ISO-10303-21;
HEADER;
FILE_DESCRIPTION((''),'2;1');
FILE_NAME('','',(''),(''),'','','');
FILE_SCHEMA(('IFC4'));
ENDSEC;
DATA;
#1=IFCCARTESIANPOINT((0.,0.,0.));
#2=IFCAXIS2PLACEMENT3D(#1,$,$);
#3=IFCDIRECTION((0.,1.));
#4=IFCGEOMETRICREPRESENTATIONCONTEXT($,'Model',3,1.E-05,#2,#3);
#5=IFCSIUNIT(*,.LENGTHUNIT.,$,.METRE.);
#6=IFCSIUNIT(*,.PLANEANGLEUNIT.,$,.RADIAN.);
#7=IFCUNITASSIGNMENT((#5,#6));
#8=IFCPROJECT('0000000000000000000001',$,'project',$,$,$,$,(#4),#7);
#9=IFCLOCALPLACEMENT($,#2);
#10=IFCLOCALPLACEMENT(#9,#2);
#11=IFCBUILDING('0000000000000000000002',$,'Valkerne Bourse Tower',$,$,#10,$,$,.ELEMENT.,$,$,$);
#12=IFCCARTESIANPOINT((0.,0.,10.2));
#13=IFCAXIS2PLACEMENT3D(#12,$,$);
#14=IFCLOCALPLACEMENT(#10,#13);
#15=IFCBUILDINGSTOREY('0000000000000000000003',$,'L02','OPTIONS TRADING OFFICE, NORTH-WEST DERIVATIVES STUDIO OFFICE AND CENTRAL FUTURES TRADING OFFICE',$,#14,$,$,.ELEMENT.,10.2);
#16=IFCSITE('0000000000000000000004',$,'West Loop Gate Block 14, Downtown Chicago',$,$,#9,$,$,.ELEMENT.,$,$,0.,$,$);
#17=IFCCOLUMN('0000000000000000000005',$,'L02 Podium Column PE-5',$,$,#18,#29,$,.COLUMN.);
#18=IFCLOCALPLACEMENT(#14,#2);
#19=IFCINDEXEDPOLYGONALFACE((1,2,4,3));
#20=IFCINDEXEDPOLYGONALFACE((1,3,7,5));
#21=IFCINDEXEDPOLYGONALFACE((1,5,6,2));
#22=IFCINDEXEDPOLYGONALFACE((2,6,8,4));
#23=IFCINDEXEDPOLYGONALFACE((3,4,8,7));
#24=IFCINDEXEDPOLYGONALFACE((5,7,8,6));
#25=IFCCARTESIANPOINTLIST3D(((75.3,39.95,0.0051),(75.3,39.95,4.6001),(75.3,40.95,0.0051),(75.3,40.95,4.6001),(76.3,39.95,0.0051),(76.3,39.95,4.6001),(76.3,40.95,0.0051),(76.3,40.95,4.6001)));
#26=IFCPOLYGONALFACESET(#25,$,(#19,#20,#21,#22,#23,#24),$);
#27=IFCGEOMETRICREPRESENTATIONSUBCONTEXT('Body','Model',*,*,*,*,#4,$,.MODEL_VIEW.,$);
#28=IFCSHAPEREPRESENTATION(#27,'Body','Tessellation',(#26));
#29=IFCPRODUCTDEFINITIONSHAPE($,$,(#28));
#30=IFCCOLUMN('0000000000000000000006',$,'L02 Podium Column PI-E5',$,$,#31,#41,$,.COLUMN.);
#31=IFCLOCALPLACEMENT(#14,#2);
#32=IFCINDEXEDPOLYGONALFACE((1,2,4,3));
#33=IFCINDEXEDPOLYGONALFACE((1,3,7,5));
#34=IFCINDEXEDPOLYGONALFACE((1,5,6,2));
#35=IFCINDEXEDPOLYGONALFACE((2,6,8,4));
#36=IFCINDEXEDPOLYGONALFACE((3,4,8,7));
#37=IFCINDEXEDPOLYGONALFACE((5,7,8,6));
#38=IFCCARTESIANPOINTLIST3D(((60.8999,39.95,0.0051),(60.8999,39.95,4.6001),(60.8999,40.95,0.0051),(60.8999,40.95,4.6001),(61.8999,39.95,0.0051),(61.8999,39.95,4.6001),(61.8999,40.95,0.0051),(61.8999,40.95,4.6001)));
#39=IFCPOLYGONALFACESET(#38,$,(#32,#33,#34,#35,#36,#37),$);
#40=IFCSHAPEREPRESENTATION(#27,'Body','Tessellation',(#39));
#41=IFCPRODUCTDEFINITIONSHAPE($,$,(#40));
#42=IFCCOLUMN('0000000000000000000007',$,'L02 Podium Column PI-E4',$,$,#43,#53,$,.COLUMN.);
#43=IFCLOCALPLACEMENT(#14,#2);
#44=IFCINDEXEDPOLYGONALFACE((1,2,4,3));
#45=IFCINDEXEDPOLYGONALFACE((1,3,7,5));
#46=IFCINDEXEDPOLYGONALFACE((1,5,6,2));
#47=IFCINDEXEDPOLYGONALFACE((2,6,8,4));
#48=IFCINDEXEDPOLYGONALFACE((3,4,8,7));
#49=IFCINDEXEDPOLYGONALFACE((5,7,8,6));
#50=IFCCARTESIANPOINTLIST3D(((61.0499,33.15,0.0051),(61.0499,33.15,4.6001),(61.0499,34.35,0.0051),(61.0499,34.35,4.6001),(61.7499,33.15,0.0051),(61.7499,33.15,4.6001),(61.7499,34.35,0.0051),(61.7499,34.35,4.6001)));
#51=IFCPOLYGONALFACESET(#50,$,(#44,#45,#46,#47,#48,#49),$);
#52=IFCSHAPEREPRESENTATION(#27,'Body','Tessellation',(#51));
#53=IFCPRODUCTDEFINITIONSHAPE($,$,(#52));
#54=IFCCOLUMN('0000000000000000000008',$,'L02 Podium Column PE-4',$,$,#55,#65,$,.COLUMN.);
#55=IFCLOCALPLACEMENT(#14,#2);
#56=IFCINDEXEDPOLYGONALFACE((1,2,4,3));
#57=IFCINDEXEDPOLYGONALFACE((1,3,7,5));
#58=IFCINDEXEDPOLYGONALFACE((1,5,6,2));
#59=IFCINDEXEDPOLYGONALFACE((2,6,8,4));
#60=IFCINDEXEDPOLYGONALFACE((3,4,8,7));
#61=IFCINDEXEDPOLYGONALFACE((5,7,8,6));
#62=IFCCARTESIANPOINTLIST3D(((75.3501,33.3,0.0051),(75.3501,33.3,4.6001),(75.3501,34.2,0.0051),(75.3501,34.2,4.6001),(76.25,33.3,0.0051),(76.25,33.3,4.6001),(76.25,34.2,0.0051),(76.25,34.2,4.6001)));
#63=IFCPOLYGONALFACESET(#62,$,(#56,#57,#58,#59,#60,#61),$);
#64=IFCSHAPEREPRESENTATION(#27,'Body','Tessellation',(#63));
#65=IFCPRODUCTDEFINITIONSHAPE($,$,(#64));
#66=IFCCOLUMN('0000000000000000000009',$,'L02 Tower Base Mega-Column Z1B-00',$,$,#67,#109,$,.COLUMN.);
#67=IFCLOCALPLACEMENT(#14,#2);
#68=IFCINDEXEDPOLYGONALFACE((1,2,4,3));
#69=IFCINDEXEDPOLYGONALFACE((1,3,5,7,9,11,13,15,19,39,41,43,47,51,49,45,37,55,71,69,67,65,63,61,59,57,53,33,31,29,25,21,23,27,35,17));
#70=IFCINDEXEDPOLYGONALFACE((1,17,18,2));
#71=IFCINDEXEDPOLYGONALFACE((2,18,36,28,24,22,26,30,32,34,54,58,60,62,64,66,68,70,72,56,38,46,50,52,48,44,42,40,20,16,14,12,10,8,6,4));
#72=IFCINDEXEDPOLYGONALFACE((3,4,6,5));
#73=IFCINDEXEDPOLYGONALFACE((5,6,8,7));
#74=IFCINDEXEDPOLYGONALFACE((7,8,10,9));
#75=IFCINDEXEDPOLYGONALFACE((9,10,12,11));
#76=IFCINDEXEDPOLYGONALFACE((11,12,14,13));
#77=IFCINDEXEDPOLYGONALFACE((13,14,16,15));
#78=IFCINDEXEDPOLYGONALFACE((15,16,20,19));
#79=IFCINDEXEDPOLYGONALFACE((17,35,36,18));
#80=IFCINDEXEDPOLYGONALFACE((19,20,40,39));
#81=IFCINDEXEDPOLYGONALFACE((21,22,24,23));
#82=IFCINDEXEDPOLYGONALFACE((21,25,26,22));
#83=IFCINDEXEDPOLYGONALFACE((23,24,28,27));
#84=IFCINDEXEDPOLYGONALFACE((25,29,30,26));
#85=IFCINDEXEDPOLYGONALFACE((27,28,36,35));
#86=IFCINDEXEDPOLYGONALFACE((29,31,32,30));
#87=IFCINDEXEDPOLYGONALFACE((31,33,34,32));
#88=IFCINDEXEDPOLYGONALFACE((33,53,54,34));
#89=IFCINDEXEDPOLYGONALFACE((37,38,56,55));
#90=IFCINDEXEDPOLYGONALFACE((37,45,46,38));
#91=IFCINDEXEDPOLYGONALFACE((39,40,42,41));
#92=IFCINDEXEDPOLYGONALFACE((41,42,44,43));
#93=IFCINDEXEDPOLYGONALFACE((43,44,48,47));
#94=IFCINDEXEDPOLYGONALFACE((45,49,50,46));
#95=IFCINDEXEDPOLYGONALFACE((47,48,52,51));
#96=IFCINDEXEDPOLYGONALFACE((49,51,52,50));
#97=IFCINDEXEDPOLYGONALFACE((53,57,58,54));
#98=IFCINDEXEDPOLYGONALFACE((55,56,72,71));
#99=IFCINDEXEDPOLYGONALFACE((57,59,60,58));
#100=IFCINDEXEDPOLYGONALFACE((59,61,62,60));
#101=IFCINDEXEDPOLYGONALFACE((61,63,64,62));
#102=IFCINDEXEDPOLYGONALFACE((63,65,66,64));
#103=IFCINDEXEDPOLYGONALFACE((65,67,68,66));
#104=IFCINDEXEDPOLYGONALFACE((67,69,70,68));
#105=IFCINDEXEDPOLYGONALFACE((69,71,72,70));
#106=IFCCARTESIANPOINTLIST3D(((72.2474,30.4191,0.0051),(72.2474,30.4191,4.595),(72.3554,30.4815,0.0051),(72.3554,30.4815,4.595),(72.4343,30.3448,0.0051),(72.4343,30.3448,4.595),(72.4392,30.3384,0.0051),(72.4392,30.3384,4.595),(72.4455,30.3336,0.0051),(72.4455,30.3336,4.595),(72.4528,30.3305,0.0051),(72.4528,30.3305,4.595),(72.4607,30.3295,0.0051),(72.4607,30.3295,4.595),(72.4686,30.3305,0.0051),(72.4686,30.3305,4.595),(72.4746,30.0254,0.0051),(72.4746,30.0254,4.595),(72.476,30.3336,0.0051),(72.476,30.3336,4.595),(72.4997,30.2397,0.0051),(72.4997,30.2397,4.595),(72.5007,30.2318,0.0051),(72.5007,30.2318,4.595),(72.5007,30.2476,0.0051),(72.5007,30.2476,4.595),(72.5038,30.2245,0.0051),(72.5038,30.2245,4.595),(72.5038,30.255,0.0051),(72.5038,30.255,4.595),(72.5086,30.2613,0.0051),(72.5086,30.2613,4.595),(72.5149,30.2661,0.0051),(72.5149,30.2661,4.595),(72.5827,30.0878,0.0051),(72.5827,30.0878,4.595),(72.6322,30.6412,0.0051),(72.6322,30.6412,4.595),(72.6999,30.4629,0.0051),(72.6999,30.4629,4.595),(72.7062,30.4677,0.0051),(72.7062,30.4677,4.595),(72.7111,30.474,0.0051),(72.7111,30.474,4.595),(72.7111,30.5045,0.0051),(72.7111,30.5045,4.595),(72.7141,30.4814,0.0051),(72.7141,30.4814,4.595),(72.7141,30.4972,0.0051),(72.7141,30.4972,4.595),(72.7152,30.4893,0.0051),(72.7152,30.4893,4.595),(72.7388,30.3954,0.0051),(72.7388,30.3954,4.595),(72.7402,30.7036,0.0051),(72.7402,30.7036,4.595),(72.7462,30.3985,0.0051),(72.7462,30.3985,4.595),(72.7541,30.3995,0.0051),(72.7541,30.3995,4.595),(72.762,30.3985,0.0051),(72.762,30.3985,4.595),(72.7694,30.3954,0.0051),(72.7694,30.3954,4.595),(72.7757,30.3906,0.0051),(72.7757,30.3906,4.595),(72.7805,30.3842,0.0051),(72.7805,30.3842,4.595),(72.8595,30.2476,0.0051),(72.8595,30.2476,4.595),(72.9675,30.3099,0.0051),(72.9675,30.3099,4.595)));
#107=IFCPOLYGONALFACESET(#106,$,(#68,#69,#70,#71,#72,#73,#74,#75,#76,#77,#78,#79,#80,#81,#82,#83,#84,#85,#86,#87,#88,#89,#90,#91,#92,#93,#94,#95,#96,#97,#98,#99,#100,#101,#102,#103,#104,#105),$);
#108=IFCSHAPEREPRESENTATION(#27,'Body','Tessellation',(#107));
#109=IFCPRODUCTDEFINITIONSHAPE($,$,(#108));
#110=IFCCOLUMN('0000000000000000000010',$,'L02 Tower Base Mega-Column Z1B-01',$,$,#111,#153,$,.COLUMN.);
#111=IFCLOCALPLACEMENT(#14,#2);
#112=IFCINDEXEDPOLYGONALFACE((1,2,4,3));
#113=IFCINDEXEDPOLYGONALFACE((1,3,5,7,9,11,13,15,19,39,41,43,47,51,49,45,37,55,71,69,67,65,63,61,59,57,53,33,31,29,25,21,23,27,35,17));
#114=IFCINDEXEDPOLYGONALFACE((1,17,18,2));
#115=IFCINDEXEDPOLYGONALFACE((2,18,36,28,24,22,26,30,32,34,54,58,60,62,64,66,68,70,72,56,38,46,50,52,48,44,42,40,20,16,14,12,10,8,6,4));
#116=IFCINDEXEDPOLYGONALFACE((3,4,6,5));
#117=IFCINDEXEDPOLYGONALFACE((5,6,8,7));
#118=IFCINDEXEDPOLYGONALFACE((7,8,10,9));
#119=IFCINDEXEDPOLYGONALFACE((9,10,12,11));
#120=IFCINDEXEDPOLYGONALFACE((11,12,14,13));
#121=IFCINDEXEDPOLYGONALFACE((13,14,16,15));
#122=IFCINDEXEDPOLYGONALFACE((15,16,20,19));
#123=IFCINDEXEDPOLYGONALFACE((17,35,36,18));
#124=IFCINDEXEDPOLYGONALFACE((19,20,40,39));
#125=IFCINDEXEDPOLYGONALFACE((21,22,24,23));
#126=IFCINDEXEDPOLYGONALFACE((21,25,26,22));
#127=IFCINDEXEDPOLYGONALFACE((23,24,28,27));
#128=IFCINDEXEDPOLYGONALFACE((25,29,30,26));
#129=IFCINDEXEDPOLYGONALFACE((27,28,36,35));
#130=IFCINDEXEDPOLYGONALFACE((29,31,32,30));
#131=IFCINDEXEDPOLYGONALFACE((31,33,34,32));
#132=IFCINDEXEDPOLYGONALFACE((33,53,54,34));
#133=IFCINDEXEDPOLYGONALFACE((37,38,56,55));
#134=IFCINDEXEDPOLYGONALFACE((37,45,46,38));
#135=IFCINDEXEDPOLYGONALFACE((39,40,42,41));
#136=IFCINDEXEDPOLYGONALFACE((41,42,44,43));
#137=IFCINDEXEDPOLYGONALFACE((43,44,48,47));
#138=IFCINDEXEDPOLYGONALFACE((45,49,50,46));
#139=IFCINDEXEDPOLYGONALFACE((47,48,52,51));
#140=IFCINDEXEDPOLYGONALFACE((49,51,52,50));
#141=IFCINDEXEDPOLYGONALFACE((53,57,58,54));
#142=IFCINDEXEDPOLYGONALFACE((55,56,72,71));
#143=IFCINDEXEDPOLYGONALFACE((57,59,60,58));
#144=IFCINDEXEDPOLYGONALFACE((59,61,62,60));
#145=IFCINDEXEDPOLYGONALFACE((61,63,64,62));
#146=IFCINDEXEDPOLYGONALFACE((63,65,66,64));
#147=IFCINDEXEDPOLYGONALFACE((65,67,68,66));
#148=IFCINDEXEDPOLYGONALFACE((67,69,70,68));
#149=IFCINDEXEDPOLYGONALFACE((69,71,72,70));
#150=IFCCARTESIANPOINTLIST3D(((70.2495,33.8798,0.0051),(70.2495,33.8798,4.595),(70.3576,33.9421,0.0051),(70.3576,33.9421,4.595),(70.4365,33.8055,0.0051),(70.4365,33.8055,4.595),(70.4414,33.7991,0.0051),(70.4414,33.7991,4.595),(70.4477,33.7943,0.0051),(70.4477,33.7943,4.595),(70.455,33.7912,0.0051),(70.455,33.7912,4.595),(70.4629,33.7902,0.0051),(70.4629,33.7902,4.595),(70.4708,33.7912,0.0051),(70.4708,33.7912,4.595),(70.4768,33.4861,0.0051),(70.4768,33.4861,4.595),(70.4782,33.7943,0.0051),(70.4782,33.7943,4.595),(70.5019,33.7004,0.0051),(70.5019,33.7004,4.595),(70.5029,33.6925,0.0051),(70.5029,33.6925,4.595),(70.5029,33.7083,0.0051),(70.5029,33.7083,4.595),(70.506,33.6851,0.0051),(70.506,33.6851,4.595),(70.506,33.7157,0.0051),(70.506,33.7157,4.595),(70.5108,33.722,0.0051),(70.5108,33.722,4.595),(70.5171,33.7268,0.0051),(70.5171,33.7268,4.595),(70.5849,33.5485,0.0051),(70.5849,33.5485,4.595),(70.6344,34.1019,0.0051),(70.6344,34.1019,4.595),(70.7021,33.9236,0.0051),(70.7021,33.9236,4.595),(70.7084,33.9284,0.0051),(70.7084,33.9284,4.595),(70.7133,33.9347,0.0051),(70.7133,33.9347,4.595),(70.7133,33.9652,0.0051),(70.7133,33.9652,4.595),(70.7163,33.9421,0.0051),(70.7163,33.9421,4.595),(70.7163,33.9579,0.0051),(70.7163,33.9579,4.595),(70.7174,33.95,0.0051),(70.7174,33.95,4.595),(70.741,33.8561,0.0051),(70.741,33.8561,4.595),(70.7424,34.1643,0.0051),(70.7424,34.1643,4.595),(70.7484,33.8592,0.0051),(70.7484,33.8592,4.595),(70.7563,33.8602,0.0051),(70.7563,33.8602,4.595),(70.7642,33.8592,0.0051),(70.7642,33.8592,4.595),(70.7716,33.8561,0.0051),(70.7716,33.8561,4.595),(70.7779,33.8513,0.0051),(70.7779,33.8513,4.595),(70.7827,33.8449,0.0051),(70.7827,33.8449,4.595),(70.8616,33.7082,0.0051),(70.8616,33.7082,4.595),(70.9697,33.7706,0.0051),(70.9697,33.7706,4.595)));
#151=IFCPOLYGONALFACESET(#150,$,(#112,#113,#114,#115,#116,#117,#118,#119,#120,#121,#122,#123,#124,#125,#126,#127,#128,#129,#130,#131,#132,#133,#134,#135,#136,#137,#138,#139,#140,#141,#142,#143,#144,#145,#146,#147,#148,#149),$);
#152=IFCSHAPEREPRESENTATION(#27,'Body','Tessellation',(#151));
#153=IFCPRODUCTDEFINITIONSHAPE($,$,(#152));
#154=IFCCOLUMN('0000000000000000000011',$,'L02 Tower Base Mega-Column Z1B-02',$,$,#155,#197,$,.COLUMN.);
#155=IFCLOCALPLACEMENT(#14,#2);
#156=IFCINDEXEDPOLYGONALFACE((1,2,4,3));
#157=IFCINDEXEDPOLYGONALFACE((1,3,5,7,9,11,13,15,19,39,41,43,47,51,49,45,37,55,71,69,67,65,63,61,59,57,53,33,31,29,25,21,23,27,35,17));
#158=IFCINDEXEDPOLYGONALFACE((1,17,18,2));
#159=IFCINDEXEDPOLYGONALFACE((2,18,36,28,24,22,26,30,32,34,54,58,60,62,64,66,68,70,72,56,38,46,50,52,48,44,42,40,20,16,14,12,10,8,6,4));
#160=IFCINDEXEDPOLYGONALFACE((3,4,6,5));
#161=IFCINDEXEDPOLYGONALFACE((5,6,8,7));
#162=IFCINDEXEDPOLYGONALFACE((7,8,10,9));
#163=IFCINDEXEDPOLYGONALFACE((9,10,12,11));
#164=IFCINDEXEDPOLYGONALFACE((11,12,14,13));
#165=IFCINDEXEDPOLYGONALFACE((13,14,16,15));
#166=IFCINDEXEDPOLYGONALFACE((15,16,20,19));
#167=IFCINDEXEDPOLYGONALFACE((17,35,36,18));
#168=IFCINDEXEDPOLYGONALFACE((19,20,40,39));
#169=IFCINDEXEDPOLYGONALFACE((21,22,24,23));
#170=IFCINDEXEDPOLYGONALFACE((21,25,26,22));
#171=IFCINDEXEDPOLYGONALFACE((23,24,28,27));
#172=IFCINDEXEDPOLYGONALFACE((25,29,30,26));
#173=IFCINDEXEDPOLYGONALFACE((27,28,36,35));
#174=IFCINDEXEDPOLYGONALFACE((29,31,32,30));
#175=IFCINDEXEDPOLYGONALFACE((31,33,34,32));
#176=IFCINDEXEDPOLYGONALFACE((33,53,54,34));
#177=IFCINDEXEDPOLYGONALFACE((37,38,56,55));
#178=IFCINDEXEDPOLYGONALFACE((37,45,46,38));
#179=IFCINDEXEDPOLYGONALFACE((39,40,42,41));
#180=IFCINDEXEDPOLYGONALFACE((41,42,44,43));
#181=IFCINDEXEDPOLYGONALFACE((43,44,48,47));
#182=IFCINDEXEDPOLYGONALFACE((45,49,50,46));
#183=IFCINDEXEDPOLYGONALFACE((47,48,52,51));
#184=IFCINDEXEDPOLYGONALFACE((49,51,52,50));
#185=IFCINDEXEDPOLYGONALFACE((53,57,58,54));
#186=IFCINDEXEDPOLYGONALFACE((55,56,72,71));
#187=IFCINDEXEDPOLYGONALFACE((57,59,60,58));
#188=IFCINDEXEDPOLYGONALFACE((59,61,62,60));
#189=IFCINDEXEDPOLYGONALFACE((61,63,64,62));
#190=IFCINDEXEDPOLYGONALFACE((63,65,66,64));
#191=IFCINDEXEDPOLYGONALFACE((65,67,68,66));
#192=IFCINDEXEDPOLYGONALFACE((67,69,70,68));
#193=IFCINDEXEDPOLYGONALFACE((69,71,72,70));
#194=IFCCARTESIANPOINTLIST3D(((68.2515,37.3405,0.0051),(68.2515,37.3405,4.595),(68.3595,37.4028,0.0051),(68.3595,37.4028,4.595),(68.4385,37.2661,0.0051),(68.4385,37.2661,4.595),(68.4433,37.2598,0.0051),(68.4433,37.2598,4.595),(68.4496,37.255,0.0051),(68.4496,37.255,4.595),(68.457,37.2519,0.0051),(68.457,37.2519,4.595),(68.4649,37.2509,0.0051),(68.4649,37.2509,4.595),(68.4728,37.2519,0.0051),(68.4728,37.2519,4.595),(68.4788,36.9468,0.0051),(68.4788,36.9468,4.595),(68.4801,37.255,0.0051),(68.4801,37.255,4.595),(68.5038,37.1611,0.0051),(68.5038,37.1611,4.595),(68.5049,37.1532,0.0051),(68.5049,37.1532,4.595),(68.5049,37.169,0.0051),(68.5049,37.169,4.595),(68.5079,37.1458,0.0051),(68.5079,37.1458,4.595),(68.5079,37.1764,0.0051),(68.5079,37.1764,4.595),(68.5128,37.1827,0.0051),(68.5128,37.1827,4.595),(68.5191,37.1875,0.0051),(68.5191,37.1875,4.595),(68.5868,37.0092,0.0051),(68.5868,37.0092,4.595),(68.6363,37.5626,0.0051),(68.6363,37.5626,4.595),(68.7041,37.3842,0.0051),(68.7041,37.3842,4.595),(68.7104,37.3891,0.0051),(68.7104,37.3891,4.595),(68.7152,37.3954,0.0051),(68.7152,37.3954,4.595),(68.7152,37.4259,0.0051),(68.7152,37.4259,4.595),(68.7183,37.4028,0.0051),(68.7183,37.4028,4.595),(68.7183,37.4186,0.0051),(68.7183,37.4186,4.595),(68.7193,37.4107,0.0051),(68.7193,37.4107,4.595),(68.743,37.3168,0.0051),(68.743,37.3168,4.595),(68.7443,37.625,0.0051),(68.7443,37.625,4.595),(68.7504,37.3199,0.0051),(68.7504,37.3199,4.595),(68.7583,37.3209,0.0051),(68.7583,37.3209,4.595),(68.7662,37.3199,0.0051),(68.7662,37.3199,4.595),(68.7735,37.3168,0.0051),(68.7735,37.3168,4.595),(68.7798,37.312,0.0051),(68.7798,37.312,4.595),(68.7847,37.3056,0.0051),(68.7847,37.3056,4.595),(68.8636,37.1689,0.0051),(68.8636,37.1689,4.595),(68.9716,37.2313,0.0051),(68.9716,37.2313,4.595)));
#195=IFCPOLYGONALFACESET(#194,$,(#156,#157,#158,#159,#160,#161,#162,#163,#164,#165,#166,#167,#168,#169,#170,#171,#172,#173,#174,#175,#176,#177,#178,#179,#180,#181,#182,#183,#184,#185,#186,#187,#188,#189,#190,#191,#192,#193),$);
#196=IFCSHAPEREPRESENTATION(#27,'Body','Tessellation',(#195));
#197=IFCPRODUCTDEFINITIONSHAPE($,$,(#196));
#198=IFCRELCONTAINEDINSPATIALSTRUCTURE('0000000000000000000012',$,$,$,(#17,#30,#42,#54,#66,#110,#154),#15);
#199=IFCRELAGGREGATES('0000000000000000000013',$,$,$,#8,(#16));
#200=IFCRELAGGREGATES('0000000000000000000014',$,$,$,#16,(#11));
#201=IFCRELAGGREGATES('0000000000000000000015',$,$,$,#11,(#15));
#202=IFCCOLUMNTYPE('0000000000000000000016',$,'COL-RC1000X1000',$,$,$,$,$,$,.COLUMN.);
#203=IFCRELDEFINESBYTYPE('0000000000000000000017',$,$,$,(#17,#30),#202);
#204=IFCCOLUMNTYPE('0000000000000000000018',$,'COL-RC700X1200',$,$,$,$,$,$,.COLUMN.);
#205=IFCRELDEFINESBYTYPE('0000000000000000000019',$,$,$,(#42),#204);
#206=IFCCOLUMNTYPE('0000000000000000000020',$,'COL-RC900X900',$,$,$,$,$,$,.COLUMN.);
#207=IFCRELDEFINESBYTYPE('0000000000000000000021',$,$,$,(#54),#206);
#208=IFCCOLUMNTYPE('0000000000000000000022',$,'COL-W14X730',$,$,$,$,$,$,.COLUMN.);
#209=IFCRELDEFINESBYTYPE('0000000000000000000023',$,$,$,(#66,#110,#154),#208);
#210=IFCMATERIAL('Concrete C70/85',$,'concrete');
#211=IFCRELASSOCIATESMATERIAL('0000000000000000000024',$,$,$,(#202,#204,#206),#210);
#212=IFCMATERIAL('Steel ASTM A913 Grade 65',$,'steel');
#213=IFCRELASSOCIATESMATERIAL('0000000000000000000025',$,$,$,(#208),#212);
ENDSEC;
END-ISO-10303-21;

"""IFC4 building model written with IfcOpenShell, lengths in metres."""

from ifc_helpers import new_model, si_unit, direction, frame, origin, origin_2d, place, context, subcontext, project, spatial, rectangle, i_section, extrude, material, material_profile, profile_set, type_object, element, save


model = new_model("IFC4")

# Units and contexts
model_context = context("Model", 3, precision=1e-05, world=origin(), true_north=direction((0.0, 1.0)))
body_context = subcontext(model_context, "Body", "Model", "MODEL_VIEW")
ifc_project = project(units=[si_unit("LENGTHUNIT", "METRE"), si_unit("PLANEANGLEUNIT", "RADIAN")], contexts=[model_context])

# Site, building, storey
site_placement = place(None, origin())
site = spatial("IfcSite", under=ifc_project, at=site_placement, Name="West Loop Gate Block 14, Downtown Chicago", CompositionType="ELEMENT", RefElevation=0.0)
building_placement = place(site_placement, origin())
building = spatial("IfcBuilding", under=site, at=building_placement, Name="Valkerne Bourse Tower", CompositionType="ELEMENT")
storey_placement = place(building_placement, frame((0.0, 0.0, 10.2)))
storey = spatial("IfcBuildingStorey", under=building, at=storey_placement, Name="L02", Description="OPTIONS TRADING OFFICE, NORTH-WEST DERIVATIVES STUDIO OFFICE AND CENTRAL FUTURES TRADING OFFICE", CompositionType="ELEMENT", Elevation=10.2)

# Columns
ifc_material_1 = material(Name="Concrete C70/85", Category="concrete")
ifc_material_profile_1 = material_profile(ifc_material_1, rectangle(XDim=1.0, YDim=1.0, at=origin_2d()), Name="RC1000X1000")
ifc_profile_set_1 = profile_set([ifc_material_profile_1], Name="Concrete C70/85")
column_type_1 = type_object("IfcColumnType", Name="COL-RC1000X1000", PredefinedType="COLUMN", material=ifc_profile_set_1)
for number, where, z_axis, x_axis, name in (
    (1, (75.8, 40.45, 0.0051), (0.0, 0.0, 1.0), (1.0, 0.0, 0.0), "L02 Podium Column PE-5"),
    (2, (61.3999, 40.45, 0.0051), (0.0, 0.0, 1.0), (1.0, 0.0, 0.0), "L02 Podium Column PI-E5"),
):
    element("IfcColumn", number, at=place(storey_placement, frame(where, z_axis=z_axis, x_axis=x_axis)), inside=storey, type_object=column_type_1, Name=name, PredefinedType="COLUMN", context=body_context, shape_type="SweptSolid", body=[
        extrude(rectangle(XDim=1.0, YDim=1.0, at=origin_2d()), origin(), (0.0, 0.0, 1.0), 4.595),
    ])
ifc_material_profile_2 = material_profile(ifc_material_1, rectangle(XDim=0.7, YDim=1.2, at=origin_2d()), Name="RC700X1200")
ifc_profile_set_2 = profile_set([ifc_material_profile_2], Name="Concrete C70/85")
column_type_2 = type_object("IfcColumnType", Name="COL-RC700X1200", PredefinedType="COLUMN", material=ifc_profile_set_2)
column_1_placement = place(storey_placement, frame((61.3999, 33.75, 0.0051), z_axis=(0.0, 0.0, 1.0), x_axis=(1.0, 0.0, 0.0)))
element("IfcColumn", 3, at=column_1_placement, inside=storey, type_object=column_type_2, Name="L02 Podium Column PI-E4", PredefinedType="COLUMN", context=body_context, shape_type="SweptSolid", body=[
    extrude(rectangle(XDim=0.7, YDim=1.2, at=origin_2d()), origin(), (0.0, 0.0, 1.0), 4.595),
])
ifc_material_profile_3 = material_profile(ifc_material_1, rectangle(XDim=0.8999, YDim=0.8999, at=origin_2d()), Name="RC900X900")
ifc_profile_set_3 = profile_set([ifc_material_profile_3], Name="Concrete C70/85")
column_type_3 = type_object("IfcColumnType", Name="COL-RC900X900", PredefinedType="COLUMN", material=ifc_profile_set_3)
column_2_placement = place(storey_placement, frame((75.8, 33.75, 0.0051), z_axis=(0.0, 0.0, 1.0), x_axis=(1.0, 0.0, 0.0)))
element("IfcColumn", 4, at=column_2_placement, inside=storey, type_object=column_type_3, Name="L02 Podium Column PE-4", PredefinedType="COLUMN", context=body_context, shape_type="SweptSolid", body=[
    extrude(rectangle(XDim=0.8999, YDim=0.8999, at=origin_2d()), origin(), (0.0, 0.0, 1.0), 4.595),
])
ifc_material_2 = material(Name="Steel ASTM A913 Grade 65", Category="steel")
ifc_material_profile_4 = material_profile(ifc_material_2, i_section(OverallWidth=0.4546, OverallDepth=0.5691, WebThickness=0.0779, FlangeThickness=0.1248, FilletRadius=0.0305, at=origin_2d()), Name="W14X730")
ifc_profile_set_4 = profile_set([ifc_material_profile_4], Name="Steel ASTM A913 Grade 65")
column_type_4 = type_object("IfcColumnType", Name="COL-W14X730", PredefinedType="COLUMN", material=ifc_profile_set_4)
for number, where, z_axis, x_axis, name in (
    (5, (72.6074, 30.3645, 0.0051), (0.0, 0.0, 1.0), (-0.5, 0.866025, 0.0), "L02 Tower Base Mega-Column Z1B-00"),
    (6, (70.6096, 33.8252, 0.0051), (0.0, 0.0, 1.0), (-0.5, 0.866025, 0.0), "L02 Tower Base Mega-Column Z1B-01"),
    (7, (68.6116, 37.2859, 0.0051), (0.0, 0.0, 1.0), (-0.5, 0.866025, 0.0), "L02 Tower Base Mega-Column Z1B-02"),
):
    element("IfcColumn", number, at=place(storey_placement, frame(where, z_axis=z_axis, x_axis=x_axis)), inside=storey, type_object=column_type_4, Name=name, PredefinedType="COLUMN", context=body_context, shape_type="SweptSolid", body=[
        extrude(i_section(OverallWidth=0.4546, OverallDepth=0.5691, WebThickness=0.0779, FlangeThickness=0.1248, FilletRadius=0.0305, at=origin_2d()), origin(), (0.0, 0.0, 1.0), 4.5898),
    ])

save(model, "model.ifc")
